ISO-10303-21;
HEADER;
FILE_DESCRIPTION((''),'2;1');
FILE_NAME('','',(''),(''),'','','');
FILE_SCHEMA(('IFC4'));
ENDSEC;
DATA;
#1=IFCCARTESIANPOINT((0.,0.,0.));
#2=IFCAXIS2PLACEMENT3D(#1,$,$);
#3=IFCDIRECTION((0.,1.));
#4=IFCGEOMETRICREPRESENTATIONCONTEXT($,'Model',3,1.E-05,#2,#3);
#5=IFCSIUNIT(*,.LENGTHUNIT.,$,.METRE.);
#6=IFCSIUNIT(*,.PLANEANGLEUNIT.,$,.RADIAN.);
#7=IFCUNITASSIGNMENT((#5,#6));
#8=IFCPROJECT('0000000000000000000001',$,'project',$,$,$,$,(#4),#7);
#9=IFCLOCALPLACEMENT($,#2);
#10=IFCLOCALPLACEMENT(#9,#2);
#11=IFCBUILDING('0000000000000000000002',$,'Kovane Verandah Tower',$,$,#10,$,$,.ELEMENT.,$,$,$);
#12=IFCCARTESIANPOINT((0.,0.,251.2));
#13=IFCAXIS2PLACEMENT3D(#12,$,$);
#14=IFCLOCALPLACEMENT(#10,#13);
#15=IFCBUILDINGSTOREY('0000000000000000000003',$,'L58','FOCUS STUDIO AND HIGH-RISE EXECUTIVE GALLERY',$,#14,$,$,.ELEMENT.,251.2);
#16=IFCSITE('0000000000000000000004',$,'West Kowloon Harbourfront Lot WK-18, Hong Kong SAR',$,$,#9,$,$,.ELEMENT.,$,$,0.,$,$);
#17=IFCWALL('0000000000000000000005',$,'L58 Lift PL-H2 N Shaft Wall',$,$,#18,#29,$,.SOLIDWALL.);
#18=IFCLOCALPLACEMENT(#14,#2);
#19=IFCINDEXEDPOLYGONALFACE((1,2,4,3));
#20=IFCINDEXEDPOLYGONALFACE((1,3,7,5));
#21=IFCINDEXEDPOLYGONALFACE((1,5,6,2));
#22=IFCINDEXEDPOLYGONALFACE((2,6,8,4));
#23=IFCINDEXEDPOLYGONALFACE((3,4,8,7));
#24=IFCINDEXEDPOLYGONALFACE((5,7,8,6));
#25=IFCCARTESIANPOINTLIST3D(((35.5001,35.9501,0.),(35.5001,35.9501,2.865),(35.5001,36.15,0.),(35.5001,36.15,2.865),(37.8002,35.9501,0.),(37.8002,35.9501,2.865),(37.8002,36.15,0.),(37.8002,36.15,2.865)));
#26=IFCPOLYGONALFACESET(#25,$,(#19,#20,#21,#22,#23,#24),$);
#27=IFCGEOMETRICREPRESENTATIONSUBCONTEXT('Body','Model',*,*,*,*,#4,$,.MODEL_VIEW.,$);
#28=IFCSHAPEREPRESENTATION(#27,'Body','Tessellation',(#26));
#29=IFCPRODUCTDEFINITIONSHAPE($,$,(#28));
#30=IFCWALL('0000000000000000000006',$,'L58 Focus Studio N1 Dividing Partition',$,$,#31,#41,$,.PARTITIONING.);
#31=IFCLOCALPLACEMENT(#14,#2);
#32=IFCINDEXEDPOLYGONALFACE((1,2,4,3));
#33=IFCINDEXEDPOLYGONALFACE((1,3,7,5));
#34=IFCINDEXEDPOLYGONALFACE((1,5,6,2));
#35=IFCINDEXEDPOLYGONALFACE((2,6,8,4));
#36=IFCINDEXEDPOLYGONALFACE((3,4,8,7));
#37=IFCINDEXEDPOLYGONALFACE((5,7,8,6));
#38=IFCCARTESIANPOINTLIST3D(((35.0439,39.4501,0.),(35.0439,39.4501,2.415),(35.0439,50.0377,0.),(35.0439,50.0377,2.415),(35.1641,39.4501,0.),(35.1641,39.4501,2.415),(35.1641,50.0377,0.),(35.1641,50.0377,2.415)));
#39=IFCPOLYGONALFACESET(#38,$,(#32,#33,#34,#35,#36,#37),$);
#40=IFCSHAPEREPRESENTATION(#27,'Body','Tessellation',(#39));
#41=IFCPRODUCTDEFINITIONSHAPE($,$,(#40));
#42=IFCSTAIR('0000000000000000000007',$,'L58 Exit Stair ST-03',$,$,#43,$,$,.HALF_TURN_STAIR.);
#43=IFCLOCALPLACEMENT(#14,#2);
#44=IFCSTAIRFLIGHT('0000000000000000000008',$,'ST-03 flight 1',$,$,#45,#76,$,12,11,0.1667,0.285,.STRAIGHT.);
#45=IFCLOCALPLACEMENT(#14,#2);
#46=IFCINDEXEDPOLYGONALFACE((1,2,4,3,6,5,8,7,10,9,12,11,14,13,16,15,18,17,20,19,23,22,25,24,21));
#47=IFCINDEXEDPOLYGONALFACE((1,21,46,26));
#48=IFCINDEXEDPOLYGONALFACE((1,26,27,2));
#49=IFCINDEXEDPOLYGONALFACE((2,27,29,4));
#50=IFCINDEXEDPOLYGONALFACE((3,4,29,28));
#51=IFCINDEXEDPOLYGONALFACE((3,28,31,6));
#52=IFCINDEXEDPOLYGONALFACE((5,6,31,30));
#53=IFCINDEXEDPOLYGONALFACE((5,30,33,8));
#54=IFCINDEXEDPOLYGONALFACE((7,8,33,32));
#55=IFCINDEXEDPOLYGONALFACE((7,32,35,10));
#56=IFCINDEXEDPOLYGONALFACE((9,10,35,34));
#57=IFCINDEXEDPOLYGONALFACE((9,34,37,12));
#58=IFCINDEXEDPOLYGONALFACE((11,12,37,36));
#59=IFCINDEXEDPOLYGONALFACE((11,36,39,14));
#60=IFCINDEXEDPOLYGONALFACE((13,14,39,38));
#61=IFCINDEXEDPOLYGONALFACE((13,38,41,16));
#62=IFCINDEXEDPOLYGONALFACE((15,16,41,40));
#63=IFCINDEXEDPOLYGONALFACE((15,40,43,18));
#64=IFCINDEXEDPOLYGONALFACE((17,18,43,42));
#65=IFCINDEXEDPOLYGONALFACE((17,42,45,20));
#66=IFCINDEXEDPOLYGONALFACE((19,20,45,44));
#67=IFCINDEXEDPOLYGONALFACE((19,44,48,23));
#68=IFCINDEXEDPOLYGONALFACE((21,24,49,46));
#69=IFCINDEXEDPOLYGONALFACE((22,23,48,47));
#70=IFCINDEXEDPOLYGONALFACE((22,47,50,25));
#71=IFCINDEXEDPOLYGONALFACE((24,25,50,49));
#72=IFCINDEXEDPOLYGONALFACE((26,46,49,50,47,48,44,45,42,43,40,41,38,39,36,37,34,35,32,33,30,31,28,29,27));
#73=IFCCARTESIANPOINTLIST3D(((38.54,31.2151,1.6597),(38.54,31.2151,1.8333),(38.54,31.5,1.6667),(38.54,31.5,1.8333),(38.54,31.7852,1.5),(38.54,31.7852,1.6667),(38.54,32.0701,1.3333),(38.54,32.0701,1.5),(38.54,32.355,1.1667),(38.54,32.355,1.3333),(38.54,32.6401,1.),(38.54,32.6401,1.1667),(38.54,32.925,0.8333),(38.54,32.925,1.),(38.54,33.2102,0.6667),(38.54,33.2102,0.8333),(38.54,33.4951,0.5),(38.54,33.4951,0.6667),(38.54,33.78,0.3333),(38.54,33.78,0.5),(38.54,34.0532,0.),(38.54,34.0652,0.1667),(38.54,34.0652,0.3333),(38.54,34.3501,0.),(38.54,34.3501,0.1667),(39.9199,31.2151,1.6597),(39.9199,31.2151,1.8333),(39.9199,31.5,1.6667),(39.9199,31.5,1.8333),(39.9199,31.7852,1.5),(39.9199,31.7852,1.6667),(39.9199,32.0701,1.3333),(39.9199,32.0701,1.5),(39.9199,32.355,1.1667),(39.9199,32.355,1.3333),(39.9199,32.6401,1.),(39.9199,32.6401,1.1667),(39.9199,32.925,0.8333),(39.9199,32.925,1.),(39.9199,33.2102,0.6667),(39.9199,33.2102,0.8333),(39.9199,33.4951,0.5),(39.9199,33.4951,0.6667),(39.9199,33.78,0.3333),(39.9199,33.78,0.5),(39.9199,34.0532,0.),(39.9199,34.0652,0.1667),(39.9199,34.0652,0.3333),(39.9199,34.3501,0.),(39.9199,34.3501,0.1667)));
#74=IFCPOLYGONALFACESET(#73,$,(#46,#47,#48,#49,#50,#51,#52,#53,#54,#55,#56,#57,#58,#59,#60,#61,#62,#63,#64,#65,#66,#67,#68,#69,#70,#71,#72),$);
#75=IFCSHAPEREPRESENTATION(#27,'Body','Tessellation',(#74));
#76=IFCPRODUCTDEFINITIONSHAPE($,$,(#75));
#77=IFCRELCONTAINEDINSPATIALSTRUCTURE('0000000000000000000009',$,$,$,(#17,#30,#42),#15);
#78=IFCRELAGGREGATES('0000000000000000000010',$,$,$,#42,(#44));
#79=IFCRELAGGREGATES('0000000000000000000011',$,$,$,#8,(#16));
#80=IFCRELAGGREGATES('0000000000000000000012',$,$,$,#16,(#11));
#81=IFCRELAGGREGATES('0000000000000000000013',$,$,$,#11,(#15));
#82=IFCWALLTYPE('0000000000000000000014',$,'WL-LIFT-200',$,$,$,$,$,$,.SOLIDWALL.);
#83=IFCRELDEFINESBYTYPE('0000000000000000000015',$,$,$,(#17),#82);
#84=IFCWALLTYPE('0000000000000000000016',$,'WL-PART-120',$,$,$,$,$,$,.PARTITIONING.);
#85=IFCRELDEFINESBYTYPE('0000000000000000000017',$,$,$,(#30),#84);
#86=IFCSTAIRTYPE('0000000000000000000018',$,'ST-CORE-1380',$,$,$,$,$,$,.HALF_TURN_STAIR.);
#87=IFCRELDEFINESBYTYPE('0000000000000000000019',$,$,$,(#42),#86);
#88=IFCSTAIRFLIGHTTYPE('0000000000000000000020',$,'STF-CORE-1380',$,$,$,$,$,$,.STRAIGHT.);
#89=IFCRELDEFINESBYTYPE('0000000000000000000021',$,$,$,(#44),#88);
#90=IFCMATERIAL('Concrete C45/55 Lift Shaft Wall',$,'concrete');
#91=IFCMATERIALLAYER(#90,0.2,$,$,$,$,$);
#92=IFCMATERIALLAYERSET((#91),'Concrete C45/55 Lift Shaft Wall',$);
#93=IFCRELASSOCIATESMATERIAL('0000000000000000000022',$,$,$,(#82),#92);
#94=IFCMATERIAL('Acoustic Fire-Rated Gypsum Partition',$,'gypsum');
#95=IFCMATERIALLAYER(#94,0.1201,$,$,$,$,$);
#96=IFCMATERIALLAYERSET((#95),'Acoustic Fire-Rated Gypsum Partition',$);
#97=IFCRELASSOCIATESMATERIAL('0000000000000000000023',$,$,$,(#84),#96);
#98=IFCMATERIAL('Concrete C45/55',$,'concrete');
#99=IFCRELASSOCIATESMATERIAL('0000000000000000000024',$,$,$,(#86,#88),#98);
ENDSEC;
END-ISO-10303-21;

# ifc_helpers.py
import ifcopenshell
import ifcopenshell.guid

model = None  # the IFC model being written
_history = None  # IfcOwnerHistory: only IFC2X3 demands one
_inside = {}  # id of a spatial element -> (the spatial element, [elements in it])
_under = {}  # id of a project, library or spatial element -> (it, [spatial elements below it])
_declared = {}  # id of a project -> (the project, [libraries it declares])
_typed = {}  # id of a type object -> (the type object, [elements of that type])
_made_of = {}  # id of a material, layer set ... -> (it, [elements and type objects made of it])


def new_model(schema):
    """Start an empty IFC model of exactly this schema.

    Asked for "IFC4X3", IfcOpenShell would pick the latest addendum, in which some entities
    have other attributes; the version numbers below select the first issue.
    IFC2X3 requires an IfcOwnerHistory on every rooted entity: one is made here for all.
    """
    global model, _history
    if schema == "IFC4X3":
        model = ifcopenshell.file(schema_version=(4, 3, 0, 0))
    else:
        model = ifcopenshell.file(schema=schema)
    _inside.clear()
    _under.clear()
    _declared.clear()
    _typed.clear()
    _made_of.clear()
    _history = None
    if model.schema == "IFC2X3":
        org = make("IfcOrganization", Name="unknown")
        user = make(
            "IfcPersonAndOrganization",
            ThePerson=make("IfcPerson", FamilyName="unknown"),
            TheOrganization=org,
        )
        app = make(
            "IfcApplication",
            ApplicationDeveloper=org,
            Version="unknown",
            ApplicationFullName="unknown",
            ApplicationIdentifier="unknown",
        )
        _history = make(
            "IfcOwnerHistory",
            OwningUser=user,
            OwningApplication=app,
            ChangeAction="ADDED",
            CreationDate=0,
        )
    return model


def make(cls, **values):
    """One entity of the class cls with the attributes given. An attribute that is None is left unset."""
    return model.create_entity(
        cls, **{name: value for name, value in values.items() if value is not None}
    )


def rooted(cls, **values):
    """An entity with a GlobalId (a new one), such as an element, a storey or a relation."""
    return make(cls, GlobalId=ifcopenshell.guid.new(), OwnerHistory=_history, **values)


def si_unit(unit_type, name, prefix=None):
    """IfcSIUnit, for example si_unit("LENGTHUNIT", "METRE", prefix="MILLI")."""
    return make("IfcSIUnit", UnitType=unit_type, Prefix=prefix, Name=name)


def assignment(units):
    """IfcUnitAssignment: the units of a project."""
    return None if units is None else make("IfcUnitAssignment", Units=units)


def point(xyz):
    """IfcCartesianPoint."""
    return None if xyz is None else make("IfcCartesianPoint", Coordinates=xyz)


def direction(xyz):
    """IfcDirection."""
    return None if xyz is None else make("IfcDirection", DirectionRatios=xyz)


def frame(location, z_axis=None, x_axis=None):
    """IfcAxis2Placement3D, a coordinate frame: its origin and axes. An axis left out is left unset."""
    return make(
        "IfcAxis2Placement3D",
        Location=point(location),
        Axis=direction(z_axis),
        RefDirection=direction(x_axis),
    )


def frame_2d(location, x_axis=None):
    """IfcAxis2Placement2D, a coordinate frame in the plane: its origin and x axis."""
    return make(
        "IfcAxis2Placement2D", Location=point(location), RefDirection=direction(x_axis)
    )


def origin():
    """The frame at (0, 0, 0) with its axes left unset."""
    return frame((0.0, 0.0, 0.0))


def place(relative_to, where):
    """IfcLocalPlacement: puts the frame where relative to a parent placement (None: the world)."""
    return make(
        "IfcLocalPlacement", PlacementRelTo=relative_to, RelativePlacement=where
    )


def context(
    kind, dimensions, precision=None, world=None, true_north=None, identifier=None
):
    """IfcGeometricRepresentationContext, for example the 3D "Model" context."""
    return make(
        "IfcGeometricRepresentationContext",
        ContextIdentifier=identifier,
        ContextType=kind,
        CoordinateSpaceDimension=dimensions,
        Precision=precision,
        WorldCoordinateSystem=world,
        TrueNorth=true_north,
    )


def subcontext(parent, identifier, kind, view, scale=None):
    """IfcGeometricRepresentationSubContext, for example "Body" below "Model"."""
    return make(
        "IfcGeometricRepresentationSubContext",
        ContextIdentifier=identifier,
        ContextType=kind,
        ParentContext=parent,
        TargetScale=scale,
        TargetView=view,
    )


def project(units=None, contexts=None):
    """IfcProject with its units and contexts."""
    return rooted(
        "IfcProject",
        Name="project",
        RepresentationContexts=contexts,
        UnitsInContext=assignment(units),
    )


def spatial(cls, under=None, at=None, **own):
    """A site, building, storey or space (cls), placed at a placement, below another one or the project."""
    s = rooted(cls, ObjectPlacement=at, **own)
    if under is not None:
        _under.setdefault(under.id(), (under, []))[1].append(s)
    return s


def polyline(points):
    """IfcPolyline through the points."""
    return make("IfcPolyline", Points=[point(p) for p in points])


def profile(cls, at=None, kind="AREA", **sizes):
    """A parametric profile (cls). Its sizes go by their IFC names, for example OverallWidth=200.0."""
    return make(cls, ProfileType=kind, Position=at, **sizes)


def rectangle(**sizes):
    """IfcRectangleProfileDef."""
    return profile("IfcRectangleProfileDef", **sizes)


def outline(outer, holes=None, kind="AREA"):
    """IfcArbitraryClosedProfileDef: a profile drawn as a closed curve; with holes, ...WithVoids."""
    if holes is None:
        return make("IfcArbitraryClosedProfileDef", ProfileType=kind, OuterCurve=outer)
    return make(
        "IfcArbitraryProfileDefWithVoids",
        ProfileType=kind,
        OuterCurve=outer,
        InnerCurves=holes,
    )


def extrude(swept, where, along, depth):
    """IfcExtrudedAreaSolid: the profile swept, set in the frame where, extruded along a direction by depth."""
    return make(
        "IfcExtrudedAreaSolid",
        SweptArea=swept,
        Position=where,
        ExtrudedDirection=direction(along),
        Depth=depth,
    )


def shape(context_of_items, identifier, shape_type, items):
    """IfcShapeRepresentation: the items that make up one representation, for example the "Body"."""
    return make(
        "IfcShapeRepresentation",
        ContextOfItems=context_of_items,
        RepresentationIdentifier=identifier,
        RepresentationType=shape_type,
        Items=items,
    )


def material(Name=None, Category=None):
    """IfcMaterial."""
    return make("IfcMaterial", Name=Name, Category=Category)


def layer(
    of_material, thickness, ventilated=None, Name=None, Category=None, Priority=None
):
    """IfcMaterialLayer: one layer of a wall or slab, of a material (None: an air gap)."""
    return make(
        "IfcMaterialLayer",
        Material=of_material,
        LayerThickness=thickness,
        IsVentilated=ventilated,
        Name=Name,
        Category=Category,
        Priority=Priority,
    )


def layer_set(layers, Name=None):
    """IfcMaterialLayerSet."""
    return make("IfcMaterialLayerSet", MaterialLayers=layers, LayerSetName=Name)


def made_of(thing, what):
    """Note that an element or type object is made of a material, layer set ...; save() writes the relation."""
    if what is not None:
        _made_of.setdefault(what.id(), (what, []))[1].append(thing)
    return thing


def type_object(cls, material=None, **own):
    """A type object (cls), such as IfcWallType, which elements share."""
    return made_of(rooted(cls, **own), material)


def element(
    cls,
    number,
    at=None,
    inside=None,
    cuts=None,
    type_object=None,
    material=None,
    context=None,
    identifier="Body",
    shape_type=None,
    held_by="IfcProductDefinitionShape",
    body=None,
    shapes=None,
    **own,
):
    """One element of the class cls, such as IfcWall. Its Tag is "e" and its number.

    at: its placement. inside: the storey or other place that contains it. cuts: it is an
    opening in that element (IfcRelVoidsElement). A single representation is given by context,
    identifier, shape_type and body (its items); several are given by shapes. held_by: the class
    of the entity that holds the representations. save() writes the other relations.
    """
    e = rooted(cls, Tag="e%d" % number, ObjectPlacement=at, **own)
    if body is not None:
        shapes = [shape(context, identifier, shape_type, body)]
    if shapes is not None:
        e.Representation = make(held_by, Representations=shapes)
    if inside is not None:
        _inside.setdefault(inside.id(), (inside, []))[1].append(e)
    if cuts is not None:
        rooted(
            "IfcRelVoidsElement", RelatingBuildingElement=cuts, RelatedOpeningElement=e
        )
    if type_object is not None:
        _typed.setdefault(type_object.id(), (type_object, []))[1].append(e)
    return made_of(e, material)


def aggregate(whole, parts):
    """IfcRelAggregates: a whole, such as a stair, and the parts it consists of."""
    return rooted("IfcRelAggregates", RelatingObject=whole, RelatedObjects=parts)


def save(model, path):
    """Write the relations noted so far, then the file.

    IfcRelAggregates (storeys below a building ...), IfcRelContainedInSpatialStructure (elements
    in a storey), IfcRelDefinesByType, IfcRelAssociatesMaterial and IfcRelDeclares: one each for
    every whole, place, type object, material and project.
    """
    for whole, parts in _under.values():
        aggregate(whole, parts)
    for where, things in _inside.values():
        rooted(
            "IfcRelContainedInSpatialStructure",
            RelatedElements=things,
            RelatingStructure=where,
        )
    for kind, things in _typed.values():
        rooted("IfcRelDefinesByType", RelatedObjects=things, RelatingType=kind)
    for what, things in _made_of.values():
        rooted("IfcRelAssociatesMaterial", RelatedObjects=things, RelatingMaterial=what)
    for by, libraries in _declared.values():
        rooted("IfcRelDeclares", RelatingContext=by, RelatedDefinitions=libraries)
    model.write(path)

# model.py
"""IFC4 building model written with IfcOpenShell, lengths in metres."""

from ifc_helpers import new_model, si_unit, direction, frame, frame_2d, origin, place, context, subcontext, project, spatial, polyline, rectangle, outline, extrude, material, layer, layer_set, type_object, element, aggregate, save


model = new_model("IFC4")

# Units and contexts
model_context = context("Model", 3, precision=1e-05, world=origin(), true_north=direction((0.0, 1.0)))
body_context = subcontext(model_context, "Body", "Model", "MODEL_VIEW")
ifc_project = project(units=[si_unit("LENGTHUNIT", "METRE"), si_unit("PLANEANGLEUNIT", "RADIAN")], contexts=[model_context])

# Site, building, storey
site_placement = place(None, origin())
site = spatial("IfcSite", under=ifc_project, at=site_placement, Name="West Kowloon Harbourfront Lot WK-18, Hong Kong SAR", CompositionType="ELEMENT", RefElevation=0.0)
building_placement = place(site_placement, origin())
building = spatial("IfcBuilding", under=site, at=building_placement, Name="Kovane Verandah Tower", CompositionType="ELEMENT")
storey_placement = place(building_placement, frame((0.0, 0.0, 251.2)))
storey = spatial("IfcBuildingStorey", under=building, at=storey_placement, Name="L58", Description="FOCUS STUDIO AND HIGH-RISE EXECUTIVE GALLERY", CompositionType="ELEMENT", Elevation=251.2)

# Shared definitions
ifc_material_1 = material(Name="Concrete C45/55 Lift Shaft Wall", Category="concrete")
ifc_layer_1 = layer(ifc_material_1, 0.2)
ifc_layer_set_1 = layer_set([ifc_layer_1], Name="Concrete C45/55 Lift Shaft Wall")
wall_type_1 = type_object("IfcWallType", Name="WL-LIFT-200", PredefinedType="SOLIDWALL", material=ifc_layer_set_1)

# Walls
wall_1_placement = place(storey_placement, frame((37.8, 36.05, 0.0), z_axis=(0.0, 0.0, 1.0), x_axis=(-1.0, 0.0, 0.0)))
element("IfcWall", 1, at=wall_1_placement, inside=storey, type_object=wall_type_1, Name="L58 Lift PL-H2 N Shaft Wall", PredefinedType="SOLIDWALL", context=body_context, shape_type="SweptSolid", body=[
    extrude(rectangle(XDim=2.3, YDim=0.2, at=frame_2d((1.1499, 0.0))), origin(), (0.0, 0.0, 1.0), 2.865),
])
ifc_material_2 = material(Name="Acoustic Fire-Rated Gypsum Partition", Category="gypsum")
ifc_layer_2 = layer(ifc_material_2, 0.1201)
ifc_layer_set_2 = layer_set([ifc_layer_2], Name="Acoustic Fire-Rated Gypsum Partition")
wall_type_2 = type_object("IfcWallType", Name="WL-PART-120", PredefinedType="PARTITIONING", material=ifc_layer_set_2)
wall_2_placement = place(storey_placement, frame((35.104, 39.45, 0.0), z_axis=(0.0, 0.0, 1.0), x_axis=(0.0, 1.0, 0.0)))
element("IfcWall", 2, at=wall_2_placement, inside=storey, type_object=wall_type_2, Name="L58 Focus Studio N1 Dividing Partition", PredefinedType="PARTITIONING", context=body_context, shape_type="SweptSolid", body=[
    extrude(rectangle(XDim=10.5876, YDim=0.1201, at=frame_2d((5.2939, 0.0))), origin(), (0.0, 0.0, 1.0), 2.415),
])

# Stair, stair flight
ifc_material_3 = material(Name="Concrete C45/55", Category="concrete")
stair_type = type_object("IfcStairType", Name="ST-CORE-1380", PredefinedType="HALF_TURN_STAIR", material=ifc_material_3)
stair_placement = place(storey_placement, origin())
stair = element("IfcStair", 3, at=stair_placement, inside=storey, type_object=stair_type, Name="L58 Exit Stair ST-03", PredefinedType="HALF_TURN_STAIR")
stair_flight_type = type_object("IfcStairFlightType", Name="STF-CORE-1380", PredefinedType="STRAIGHT", material=ifc_material_3)
stair_flight_placement = place(storey_placement, frame((39.23, 34.3501, 0.0), z_axis=(0.0, 0.0, 1.0), x_axis=(0.0, -1.0, 0.0)))
stair_flight = element("IfcStairFlight", 4, at=stair_flight_placement, type_object=stair_flight_type, Name="ST-03 flight 1", NumberOfRisers=12, NumberOfTreads=11, PredefinedType="STRAIGHT", RiserHeight=0.1667, TreadLength=0.285, context=body_context, shape_type="SweptSolid", body=[
    extrude(outline(polyline([(0.0, 0.0), (0.0, 0.1667), (0.2849, 0.1667), (0.2849, 0.3333), (0.5701, 0.3333), (0.5701, 0.5), (0.855, 0.5), (0.855, 0.6667), (1.1399, 0.6667), (1.1399, 0.8333), (1.425, 0.8333), (1.425, 1.0), (1.71, 1.0), (1.71, 1.1667), (1.9951, 1.1667), (1.9951, 1.3333), (2.28, 1.3333), (2.28, 1.5), (2.5649, 1.5), (2.5649, 1.6667), (2.8501, 1.6667), (2.8501, 1.8333), (3.135, 1.8333), (3.135, 2.0), (3.135, 1.6597), (0.2969, 0.0), (0.0, 0.0)])), frame((0.0, 0.6899, 0.0), z_axis=(0.0, -1.0, 0.0), x_axis=(1.0, 0.0, 0.0)), (0.0, 0.0, 1.0), 1.3799),
])
aggregate(stair, [stair_flight])

save(model, "model.ifc")
